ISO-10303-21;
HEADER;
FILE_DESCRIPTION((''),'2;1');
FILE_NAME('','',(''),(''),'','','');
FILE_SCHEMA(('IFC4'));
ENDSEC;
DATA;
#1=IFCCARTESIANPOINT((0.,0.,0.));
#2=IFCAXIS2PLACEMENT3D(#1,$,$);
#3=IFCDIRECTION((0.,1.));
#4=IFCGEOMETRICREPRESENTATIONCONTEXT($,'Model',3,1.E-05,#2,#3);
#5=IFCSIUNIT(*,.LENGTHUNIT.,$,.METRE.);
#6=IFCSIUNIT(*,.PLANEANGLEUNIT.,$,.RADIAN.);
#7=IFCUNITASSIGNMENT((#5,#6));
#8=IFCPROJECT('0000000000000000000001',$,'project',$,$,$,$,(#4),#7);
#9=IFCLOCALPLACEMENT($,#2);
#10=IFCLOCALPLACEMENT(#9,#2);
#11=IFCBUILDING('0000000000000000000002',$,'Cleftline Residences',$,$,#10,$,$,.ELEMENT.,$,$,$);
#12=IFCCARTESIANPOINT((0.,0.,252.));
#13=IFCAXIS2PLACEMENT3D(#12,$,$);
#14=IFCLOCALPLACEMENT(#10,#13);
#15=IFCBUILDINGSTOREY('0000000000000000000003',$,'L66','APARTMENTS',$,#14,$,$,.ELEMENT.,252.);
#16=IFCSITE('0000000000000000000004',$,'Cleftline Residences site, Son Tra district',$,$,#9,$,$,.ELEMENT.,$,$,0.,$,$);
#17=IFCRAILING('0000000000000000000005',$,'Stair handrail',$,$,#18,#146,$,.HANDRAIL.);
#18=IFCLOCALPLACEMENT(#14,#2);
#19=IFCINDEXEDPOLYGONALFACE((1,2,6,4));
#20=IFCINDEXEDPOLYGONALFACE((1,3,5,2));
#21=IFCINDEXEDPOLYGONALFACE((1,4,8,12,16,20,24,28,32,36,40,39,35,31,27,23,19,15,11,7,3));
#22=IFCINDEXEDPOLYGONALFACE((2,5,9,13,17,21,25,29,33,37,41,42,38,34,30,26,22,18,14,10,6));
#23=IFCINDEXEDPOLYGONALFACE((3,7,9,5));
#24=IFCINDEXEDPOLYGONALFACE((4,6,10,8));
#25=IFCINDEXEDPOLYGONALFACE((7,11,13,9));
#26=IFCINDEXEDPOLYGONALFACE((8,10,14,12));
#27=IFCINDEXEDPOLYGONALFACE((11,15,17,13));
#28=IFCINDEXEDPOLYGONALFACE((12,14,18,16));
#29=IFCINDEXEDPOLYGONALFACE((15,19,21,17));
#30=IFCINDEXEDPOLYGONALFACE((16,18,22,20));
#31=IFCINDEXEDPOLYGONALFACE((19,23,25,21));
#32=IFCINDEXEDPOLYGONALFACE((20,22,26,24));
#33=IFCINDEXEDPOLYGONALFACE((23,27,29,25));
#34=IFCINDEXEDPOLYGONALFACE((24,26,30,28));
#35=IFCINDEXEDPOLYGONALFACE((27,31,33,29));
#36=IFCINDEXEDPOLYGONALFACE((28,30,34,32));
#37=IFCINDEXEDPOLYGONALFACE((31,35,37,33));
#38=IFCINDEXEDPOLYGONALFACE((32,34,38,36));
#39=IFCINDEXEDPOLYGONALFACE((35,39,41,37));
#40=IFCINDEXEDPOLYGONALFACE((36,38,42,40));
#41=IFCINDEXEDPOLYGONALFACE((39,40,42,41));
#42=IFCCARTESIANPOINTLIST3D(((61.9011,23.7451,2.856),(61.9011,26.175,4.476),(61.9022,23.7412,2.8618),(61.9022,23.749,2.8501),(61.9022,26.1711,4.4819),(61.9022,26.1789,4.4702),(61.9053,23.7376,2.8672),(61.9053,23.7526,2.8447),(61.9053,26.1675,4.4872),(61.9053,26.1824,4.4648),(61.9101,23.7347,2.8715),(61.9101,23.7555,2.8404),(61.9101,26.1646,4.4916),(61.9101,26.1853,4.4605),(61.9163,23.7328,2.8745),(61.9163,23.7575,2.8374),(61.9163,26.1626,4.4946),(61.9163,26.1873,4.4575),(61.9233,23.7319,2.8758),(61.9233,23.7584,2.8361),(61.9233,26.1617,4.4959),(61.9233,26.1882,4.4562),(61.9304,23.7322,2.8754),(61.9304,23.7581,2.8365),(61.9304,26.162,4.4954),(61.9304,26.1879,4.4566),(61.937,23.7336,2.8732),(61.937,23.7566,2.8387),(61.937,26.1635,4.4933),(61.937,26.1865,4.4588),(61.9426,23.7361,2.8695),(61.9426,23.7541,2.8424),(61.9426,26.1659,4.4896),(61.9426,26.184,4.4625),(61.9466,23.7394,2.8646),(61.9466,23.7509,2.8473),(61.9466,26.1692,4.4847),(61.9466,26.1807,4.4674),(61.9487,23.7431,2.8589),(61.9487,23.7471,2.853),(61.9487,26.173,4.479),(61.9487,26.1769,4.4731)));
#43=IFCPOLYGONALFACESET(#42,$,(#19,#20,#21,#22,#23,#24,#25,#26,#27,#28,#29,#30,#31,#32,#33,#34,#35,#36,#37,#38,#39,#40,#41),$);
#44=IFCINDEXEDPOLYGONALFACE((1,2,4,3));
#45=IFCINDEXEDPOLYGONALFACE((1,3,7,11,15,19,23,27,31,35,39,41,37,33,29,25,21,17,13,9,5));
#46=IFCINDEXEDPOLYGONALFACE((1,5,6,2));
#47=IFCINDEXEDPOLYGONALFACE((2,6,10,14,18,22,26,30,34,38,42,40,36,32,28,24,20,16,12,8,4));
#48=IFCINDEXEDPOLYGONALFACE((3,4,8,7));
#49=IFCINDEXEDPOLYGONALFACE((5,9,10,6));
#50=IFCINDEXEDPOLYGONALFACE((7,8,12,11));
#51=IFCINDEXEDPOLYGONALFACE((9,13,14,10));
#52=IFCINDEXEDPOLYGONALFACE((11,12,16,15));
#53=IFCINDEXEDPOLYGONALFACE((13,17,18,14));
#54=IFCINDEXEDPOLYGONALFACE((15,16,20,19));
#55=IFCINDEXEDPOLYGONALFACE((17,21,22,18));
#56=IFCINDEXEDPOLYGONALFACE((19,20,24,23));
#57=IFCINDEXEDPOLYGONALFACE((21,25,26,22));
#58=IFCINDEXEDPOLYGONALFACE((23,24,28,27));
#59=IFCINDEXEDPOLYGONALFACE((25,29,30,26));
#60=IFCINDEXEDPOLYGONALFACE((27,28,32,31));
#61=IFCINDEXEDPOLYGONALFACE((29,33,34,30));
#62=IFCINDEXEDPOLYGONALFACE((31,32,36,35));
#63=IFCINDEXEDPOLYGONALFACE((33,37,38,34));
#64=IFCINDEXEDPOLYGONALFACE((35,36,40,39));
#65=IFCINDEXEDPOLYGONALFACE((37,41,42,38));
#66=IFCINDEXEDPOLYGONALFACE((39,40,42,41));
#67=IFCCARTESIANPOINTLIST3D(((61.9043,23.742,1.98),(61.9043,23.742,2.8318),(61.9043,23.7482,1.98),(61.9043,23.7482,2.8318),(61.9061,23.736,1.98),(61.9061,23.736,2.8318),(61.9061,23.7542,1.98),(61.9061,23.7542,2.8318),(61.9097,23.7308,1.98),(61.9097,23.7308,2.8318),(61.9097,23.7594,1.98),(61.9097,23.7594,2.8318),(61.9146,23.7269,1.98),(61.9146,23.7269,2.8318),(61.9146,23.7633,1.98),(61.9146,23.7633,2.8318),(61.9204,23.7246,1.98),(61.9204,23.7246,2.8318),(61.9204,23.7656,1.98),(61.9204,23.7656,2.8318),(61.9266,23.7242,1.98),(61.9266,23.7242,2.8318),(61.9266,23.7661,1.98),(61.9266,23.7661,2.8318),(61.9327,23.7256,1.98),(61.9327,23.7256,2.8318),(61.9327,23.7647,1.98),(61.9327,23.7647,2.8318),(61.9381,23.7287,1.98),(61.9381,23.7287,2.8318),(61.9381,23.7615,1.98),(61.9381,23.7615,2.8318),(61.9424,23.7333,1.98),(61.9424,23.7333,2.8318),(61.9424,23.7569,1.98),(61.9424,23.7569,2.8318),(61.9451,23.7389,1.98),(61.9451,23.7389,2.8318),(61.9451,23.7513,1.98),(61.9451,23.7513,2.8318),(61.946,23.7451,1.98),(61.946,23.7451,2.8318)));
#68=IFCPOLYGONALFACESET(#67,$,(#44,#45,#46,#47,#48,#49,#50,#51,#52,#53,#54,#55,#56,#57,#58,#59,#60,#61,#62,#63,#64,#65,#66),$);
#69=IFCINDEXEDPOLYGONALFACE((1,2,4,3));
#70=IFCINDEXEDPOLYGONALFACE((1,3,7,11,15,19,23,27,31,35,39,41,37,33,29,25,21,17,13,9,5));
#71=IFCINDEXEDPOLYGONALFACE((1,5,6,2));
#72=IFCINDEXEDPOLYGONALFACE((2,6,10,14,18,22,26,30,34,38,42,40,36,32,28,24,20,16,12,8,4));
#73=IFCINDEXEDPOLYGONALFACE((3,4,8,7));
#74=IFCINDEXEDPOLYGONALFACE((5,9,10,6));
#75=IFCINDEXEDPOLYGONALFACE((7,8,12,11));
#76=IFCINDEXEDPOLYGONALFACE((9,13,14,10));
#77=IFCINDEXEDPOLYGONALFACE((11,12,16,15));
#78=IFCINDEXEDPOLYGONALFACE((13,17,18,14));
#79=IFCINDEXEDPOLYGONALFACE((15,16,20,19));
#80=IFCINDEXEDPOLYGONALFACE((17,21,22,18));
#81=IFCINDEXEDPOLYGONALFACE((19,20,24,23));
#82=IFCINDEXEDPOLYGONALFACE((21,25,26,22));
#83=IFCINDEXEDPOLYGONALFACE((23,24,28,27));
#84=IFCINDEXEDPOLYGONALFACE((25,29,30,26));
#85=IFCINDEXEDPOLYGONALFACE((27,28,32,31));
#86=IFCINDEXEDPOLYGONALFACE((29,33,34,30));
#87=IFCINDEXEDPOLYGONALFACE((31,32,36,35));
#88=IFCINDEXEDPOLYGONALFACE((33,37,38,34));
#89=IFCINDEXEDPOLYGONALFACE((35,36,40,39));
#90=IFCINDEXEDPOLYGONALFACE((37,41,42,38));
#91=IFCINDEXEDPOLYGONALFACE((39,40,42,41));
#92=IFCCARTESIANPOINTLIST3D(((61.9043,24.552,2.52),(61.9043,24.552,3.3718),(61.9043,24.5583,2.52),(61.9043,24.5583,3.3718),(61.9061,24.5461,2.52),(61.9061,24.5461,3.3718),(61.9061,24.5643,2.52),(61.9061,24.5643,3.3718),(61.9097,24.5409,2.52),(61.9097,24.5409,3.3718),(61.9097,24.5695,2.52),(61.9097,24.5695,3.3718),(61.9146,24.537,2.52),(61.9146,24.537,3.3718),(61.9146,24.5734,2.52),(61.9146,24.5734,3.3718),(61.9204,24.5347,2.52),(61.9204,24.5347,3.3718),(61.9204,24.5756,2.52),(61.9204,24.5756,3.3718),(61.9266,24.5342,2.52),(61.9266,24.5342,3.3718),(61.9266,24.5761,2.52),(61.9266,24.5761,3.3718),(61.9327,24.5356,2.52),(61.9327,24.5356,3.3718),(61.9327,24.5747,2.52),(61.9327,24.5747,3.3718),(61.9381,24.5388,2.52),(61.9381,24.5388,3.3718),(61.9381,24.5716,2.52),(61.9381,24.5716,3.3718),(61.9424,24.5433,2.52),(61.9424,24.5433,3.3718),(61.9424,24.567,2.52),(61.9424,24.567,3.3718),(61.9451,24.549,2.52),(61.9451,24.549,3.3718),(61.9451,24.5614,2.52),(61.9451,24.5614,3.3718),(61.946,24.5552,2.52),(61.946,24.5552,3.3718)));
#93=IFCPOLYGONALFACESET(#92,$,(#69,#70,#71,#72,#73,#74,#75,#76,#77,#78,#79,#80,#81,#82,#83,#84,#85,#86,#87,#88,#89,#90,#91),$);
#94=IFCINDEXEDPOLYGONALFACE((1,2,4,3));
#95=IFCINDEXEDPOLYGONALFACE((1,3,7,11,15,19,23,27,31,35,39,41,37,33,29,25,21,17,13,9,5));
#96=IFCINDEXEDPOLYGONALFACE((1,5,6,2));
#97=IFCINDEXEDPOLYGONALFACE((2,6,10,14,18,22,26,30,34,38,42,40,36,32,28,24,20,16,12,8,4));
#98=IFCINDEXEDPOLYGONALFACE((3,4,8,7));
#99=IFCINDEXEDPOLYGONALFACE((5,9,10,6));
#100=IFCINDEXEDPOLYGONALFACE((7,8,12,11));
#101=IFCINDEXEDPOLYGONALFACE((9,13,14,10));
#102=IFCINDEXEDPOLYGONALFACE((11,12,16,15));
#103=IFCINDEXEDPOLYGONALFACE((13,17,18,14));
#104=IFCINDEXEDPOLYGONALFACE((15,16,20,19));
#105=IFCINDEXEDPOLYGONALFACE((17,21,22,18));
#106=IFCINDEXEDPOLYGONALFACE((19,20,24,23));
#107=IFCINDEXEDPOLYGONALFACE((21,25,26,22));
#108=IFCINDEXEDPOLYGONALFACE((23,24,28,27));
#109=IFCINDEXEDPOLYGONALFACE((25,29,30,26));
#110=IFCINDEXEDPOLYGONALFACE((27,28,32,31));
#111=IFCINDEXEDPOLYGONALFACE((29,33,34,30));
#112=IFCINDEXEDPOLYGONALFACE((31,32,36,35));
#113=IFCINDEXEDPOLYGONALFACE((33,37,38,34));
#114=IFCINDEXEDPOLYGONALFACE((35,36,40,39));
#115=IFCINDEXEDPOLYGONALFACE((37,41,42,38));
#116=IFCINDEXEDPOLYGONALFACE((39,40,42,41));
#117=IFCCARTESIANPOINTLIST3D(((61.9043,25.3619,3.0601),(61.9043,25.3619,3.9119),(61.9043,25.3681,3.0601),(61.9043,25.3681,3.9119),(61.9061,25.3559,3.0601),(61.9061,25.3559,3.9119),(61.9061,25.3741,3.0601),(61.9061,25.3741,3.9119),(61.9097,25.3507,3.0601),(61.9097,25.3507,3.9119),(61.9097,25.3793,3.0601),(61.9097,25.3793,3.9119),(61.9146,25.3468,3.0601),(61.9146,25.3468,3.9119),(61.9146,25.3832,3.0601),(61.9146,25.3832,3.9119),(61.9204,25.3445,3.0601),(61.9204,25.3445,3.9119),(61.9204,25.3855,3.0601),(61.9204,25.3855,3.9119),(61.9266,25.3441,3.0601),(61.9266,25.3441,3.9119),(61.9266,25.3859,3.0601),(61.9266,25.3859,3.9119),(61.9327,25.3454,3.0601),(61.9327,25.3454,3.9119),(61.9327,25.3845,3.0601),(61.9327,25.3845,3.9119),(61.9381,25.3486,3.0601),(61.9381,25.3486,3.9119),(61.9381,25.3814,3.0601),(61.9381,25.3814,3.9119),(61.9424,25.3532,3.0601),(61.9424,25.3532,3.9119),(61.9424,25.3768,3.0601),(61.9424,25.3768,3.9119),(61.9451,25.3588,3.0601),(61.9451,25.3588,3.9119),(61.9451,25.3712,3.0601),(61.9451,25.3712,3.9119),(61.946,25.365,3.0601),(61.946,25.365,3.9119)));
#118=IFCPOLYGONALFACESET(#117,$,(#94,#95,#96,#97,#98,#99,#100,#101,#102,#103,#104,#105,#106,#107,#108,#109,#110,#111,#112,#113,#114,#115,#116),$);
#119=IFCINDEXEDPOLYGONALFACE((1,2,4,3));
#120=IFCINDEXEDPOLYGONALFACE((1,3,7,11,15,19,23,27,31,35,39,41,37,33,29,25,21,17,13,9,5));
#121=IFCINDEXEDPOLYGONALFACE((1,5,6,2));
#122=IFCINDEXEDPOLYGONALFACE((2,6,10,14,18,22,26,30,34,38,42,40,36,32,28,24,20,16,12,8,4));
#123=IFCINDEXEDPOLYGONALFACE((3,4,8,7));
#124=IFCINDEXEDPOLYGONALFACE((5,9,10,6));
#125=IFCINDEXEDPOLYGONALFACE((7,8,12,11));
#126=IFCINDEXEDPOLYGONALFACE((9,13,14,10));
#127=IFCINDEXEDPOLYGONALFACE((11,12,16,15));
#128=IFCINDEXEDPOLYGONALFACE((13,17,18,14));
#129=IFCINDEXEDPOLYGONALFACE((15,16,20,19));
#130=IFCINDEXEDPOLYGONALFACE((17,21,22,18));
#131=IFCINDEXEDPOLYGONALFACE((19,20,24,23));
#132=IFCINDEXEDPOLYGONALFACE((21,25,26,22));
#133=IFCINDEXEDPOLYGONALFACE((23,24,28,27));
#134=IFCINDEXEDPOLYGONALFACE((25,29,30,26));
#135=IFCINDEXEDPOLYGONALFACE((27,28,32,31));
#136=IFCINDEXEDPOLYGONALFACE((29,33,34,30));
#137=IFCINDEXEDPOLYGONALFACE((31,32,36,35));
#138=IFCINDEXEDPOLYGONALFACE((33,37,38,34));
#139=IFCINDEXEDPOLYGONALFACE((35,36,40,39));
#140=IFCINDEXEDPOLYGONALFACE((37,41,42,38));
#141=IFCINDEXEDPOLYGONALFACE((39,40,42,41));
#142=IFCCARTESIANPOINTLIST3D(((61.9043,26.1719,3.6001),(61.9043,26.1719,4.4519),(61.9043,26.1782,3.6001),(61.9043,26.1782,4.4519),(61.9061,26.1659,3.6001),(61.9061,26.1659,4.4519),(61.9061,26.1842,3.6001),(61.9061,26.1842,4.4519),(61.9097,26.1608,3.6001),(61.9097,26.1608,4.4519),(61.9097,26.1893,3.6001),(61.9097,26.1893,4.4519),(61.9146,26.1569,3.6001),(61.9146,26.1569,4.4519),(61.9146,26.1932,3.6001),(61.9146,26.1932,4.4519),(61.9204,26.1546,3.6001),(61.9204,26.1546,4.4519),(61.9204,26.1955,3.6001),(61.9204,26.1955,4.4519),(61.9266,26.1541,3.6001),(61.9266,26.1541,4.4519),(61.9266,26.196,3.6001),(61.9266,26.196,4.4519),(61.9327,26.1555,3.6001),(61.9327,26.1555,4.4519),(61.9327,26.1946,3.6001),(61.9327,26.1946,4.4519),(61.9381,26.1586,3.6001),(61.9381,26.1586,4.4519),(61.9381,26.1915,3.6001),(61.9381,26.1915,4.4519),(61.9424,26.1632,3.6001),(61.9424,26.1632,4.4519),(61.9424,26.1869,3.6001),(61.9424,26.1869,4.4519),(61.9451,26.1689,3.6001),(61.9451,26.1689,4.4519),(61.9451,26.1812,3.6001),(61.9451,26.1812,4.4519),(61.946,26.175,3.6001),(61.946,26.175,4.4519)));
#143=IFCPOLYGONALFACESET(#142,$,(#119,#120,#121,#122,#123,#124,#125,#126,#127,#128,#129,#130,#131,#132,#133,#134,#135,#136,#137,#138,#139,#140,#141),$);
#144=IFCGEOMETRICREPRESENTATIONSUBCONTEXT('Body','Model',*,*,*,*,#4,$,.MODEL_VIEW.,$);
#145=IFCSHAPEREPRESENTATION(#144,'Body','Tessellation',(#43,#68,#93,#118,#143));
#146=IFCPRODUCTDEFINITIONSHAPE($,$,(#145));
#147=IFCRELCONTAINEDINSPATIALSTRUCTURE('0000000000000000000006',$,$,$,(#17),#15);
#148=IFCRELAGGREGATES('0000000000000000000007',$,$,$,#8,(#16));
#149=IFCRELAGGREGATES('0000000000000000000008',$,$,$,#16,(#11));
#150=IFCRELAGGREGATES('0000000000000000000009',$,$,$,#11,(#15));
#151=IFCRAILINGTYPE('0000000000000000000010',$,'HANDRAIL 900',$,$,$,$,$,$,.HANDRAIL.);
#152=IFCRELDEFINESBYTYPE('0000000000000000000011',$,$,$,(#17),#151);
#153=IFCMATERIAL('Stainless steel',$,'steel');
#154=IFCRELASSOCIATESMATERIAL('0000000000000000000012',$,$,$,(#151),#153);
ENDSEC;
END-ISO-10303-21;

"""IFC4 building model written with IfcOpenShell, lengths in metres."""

from ifc_helpers import new_model, si_unit, direction, frame, origin, origin_2d, place, context, subcontext, project, spatial, circle, extrude, material, type_object, element, save


model = new_model("IFC4")

# Units and contexts
model_context = context("Model", 3, precision=1e-05, world=origin(), true_north=direction((0.0, 1.0)))
body_context = subcontext(model_context, "Body", "Model", "MODEL_VIEW")
ifc_project = project(units=[si_unit("LENGTHUNIT", "METRE"), si_unit("PLANEANGLEUNIT", "RADIAN")], contexts=[model_context])

# Site, building, storey
site_placement = place(None, origin())
site = spatial("IfcSite", under=ifc_project, at=site_placement, Name="Cleftline Residences site, Son Tra district", CompositionType="ELEMENT", RefElevation=0.0)
building_placement = place(site_placement, origin())
building = spatial("IfcBuilding", under=site, at=building_placement, Name="Cleftline Residences", CompositionType="ELEMENT")
storey_placement = place(building_placement, frame((0.0, 0.0, 252.0)))
storey = spatial("IfcBuildingStorey", under=building, at=storey_placement, Name="L66", Description="APARTMENTS", CompositionType="ELEMENT", Elevation=252.0)

# Railing
ifc_material_1 = material(Name="Stainless steel", Category="steel")
railing_type = type_object("IfcRailingType", Name="HANDRAIL 900", PredefinedType="HANDRAIL", material=ifc_material_1)
railing_placement = place(storey_placement, frame((61.925, 23.7451, 1.98)))
element("IfcRailing", 1, at=railing_placement, inside=storey, type_object=railing_type, Name="Stair handrail", PredefinedType="HANDRAIL", context=body_context, shape_type="SweptSolid", body=[
    extrude(circle(Radius=0.0239, at=origin_2d()), frame((0.0, 0.0, 0.876), z_axis=(0.0, 0.832025, 0.554739), x_axis=(-1.0, 0.0, 0.0)), (0.0, 0.0, 1.0), 2.9204),
    extrude(circle(Radius=0.021, at=origin_2d()), origin(), (0.0, 0.0, 1.0), 0.8518),
    extrude(circle(Radius=0.021, at=origin_2d()), frame((0.0, 0.8101, 0.54)), (0.0, 0.0, 1.0), 0.8518),
    extrude(circle(Radius=0.021, at=origin_2d()), frame((0.0, 1.6199, 1.0801)), (0.0, 0.0, 1.0), 0.8518),
    extrude(circle(Radius=0.021, at=origin_2d()), frame((0.0, 2.4299, 1.6201)), (0.0, 0.0, 1.0), 0.8518),
])

save(model, "model.ifc")
